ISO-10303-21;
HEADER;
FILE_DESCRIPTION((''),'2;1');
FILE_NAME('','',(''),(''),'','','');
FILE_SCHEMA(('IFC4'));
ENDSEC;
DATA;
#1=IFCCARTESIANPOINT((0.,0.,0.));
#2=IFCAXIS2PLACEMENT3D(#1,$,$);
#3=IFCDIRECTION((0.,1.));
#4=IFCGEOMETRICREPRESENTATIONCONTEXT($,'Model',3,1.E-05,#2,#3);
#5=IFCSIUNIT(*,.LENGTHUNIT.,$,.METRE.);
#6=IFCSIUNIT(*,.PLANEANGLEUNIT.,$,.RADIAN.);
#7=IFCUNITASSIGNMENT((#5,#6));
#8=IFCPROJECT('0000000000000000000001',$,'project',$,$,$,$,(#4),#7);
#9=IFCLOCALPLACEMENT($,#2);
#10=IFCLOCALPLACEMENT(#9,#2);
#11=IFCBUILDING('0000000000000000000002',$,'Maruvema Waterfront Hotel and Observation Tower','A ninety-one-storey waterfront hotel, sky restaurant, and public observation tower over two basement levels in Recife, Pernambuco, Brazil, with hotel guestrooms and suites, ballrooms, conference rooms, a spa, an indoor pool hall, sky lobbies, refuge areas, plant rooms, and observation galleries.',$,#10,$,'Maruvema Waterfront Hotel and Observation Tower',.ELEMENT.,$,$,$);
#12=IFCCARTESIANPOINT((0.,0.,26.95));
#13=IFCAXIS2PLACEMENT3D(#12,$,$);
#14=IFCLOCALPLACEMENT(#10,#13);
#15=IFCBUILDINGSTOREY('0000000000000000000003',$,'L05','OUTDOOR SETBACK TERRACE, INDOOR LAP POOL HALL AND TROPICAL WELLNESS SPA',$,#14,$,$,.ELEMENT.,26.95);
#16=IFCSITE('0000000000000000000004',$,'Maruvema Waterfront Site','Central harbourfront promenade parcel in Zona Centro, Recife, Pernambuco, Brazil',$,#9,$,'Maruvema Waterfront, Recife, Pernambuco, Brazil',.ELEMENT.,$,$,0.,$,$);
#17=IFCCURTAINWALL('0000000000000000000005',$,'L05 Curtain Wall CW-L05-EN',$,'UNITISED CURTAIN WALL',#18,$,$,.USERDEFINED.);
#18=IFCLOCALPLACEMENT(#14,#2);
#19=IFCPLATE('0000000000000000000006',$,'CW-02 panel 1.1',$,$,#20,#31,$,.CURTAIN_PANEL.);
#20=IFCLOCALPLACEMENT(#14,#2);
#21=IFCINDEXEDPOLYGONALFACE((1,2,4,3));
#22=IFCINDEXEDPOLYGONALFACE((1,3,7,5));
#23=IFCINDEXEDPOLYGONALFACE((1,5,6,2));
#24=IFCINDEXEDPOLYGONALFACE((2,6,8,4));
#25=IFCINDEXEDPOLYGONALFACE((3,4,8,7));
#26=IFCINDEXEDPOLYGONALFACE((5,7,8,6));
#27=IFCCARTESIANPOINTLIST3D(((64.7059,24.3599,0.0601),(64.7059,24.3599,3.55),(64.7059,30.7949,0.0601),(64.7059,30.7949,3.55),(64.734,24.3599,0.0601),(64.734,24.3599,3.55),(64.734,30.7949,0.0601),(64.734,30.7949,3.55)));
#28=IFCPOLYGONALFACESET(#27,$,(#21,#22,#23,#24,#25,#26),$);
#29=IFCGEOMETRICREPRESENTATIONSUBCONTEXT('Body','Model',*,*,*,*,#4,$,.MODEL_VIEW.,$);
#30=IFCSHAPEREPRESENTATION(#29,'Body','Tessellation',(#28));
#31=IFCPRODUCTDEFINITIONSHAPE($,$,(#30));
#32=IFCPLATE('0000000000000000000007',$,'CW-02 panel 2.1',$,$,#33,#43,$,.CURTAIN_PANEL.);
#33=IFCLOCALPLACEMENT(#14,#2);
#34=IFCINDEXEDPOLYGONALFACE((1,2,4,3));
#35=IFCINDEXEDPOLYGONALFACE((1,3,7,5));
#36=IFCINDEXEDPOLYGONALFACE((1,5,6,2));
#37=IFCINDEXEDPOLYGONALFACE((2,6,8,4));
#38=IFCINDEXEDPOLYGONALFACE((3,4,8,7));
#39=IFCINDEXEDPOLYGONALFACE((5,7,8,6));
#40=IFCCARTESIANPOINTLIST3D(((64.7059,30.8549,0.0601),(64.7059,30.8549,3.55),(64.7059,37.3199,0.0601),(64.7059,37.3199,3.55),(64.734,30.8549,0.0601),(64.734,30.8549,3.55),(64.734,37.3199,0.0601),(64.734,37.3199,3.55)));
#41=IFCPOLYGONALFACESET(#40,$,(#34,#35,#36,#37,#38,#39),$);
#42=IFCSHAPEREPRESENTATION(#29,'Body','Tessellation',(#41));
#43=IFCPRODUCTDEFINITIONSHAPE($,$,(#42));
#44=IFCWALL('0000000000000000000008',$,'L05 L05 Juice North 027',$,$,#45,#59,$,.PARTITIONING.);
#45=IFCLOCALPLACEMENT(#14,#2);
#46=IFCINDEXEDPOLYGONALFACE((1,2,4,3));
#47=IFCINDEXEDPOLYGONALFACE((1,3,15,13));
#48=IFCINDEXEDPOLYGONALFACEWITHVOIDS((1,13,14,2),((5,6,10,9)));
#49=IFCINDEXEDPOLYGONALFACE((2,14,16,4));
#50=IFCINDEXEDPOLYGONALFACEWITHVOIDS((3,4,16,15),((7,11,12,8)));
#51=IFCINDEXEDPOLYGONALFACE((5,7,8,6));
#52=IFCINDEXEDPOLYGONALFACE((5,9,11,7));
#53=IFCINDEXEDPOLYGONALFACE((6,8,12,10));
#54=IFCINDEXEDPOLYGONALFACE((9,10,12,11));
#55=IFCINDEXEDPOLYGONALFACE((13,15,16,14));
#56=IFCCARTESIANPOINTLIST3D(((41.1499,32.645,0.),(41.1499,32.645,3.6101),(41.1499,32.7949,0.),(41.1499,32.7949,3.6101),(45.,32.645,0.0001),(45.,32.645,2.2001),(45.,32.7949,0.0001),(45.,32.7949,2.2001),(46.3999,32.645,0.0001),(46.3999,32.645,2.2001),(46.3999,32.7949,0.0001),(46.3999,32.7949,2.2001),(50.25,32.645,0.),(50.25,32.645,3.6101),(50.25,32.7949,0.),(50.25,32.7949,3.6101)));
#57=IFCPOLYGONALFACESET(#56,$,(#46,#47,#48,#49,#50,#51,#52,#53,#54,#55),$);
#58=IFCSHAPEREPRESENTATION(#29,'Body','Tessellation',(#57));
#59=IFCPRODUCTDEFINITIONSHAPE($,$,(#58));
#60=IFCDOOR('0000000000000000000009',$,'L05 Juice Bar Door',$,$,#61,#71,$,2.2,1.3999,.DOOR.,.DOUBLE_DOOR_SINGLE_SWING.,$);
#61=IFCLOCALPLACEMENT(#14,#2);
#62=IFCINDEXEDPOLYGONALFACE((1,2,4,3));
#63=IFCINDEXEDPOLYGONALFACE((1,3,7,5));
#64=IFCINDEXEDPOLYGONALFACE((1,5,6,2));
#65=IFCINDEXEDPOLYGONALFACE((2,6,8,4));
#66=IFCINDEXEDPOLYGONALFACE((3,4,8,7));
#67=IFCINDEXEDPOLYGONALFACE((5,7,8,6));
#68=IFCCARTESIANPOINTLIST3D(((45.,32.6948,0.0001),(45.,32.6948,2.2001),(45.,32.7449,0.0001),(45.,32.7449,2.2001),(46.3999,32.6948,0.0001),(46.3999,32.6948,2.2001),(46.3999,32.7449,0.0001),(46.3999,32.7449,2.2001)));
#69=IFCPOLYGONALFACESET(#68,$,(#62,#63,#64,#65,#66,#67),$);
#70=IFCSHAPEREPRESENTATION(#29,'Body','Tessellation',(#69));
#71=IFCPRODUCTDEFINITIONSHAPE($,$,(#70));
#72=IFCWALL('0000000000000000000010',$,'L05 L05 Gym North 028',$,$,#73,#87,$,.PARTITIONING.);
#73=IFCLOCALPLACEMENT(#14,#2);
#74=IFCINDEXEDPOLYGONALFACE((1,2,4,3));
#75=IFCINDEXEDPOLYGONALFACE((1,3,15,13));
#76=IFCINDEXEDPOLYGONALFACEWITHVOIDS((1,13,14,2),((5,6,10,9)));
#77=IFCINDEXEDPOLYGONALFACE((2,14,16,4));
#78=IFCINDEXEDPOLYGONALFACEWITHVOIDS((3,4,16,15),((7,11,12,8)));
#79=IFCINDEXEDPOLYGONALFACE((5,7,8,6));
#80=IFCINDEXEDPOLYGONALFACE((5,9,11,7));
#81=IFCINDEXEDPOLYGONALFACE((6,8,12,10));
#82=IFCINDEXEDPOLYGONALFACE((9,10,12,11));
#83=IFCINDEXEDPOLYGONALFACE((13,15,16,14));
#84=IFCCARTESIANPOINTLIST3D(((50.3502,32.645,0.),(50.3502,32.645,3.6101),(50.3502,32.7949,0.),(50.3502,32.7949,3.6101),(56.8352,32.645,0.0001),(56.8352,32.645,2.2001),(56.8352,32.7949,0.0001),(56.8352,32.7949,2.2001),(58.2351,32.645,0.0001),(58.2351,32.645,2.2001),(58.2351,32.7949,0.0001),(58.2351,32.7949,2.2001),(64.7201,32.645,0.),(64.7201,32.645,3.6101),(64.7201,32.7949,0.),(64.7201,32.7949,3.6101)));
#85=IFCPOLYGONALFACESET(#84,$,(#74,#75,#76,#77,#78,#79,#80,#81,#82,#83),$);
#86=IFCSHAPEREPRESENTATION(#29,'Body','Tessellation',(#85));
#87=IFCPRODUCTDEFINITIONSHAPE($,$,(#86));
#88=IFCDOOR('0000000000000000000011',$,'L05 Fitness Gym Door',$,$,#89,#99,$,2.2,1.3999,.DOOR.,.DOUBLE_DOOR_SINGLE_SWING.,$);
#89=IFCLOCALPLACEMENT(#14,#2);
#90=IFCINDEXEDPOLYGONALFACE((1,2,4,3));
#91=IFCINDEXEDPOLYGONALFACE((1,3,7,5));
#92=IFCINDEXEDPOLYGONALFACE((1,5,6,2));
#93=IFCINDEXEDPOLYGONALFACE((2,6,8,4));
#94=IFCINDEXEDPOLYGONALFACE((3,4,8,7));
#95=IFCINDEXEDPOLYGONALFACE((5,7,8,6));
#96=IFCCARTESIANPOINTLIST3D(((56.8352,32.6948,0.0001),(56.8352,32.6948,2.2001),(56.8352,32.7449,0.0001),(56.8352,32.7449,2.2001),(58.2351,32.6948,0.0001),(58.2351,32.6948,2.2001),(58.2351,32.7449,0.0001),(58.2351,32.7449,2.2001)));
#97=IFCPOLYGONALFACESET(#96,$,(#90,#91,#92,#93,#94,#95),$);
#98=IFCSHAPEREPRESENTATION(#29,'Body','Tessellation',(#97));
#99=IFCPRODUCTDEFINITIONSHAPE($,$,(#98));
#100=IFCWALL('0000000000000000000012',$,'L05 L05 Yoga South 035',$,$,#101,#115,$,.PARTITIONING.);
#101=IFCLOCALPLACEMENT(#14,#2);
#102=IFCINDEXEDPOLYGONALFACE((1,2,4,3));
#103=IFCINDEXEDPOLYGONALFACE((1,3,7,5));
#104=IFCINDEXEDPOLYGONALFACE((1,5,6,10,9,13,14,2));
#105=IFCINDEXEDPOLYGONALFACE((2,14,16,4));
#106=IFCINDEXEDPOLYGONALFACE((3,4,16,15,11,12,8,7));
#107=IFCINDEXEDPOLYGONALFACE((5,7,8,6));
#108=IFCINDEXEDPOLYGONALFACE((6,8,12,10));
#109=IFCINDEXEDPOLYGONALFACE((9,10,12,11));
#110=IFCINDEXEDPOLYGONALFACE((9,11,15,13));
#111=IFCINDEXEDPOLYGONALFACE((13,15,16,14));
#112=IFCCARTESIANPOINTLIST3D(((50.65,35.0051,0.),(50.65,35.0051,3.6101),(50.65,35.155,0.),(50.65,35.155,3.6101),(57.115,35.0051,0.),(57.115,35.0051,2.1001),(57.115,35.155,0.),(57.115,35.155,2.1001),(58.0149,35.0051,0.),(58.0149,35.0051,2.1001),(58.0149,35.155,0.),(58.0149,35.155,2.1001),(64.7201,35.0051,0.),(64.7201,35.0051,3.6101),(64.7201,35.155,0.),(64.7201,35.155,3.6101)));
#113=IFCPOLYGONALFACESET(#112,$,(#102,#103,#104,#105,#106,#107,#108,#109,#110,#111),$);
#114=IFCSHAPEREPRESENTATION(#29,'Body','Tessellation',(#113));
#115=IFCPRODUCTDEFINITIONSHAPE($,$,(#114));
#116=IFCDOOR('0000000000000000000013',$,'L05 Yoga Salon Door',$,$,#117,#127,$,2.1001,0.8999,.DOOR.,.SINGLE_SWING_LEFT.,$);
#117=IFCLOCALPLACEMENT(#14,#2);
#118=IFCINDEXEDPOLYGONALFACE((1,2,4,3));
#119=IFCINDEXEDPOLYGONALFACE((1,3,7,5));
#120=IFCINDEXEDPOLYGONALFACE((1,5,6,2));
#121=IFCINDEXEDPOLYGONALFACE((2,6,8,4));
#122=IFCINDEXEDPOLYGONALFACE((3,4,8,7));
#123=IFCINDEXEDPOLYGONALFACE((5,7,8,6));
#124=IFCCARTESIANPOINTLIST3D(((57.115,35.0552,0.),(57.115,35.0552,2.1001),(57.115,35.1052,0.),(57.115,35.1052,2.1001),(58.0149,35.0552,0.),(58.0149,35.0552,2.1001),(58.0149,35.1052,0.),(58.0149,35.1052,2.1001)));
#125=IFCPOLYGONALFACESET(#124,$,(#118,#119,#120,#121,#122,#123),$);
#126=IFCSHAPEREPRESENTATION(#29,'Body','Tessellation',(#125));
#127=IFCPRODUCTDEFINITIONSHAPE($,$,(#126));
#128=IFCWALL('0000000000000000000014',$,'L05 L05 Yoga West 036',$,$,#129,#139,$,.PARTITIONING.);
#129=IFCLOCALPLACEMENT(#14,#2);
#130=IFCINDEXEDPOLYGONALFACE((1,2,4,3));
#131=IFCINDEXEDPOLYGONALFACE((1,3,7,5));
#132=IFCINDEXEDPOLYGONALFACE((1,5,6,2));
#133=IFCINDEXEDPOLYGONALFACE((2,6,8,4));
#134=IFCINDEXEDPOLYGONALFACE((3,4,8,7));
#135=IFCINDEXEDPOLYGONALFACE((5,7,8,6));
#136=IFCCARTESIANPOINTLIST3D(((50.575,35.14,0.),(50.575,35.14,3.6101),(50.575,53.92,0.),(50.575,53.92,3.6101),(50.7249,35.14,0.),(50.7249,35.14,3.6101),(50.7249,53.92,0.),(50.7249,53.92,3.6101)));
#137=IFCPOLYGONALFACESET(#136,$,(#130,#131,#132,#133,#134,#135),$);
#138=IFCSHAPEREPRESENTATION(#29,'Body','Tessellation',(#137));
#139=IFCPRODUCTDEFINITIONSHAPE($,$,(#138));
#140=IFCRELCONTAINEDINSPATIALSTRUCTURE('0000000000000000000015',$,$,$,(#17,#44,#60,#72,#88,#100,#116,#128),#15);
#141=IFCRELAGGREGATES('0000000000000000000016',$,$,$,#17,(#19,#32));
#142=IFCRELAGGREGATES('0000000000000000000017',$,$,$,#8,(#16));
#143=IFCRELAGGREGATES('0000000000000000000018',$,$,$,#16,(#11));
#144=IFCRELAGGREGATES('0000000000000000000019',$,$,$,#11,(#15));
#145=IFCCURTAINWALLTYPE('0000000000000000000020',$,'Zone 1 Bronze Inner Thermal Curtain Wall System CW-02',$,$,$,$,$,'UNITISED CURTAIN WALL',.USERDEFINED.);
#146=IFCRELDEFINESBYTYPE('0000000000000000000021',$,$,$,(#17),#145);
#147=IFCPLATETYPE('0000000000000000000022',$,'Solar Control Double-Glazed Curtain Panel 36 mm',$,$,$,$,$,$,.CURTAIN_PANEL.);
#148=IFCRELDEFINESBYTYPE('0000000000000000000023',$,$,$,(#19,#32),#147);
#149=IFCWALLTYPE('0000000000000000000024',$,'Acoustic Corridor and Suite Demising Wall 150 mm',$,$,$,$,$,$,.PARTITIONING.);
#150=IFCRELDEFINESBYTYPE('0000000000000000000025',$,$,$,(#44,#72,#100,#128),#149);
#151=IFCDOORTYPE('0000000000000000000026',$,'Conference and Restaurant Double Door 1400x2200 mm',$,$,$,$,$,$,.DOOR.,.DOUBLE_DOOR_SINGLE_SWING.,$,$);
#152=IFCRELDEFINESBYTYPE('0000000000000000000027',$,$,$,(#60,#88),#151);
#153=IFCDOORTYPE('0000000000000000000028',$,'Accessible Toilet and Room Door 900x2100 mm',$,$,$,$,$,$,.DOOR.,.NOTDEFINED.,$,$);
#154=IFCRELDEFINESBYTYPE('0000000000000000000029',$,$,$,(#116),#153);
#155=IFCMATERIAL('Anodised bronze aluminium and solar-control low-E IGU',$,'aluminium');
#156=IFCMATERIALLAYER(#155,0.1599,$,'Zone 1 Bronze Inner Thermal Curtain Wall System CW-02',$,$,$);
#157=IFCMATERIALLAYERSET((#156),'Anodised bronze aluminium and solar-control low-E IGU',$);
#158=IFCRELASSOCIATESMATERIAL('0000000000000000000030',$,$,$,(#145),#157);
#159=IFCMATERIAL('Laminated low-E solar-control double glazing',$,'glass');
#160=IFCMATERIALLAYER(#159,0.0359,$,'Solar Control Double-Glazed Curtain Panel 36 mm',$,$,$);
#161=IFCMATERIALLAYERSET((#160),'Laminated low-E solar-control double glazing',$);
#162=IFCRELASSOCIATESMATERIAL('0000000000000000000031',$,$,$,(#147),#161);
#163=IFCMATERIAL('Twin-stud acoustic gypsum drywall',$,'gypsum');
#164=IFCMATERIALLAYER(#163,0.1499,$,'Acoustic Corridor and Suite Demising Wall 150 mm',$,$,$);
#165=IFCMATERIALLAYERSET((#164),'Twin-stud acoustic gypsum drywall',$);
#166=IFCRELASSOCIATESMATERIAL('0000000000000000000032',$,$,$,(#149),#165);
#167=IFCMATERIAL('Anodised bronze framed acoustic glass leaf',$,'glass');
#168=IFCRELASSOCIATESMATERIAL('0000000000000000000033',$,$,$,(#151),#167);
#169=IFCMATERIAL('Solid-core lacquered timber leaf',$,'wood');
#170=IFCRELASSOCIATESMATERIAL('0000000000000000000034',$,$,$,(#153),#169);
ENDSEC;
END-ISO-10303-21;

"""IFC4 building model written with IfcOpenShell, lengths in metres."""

from ifc_helpers import new_model, si_unit, direction, frame, frame_2d, origin, origin_2d, place, context, subcontext, project, spatial, rectangle, extrude, material, layer, layer_set, type_object, element, fill, aggregate, save


model = new_model("IFC4")

# Units and contexts
model_context = context("Model", 3, precision=1e-05, world=origin(), true_north=direction((0.0, 1.0)))
body_context = subcontext(model_context, "Body", "Model", "MODEL_VIEW")
ifc_project = project(units=[si_unit("LENGTHUNIT", "METRE"), si_unit("PLANEANGLEUNIT", "RADIAN")], contexts=[model_context])

# Site, building, storey
site_placement = place(None, origin())
site = spatial("IfcSite", under=ifc_project, at=site_placement, Name="Maruvema Waterfront Site", Description="Central harbourfront promenade parcel in Zona Centro, Recife, Pernambuco, Brazil", LongName="Maruvema Waterfront, Recife, Pernambuco, Brazil", CompositionType="ELEMENT", RefElevation=0.0)
building_placement = place(site_placement, origin())
building = spatial("IfcBuilding", under=site, at=building_placement, Name="Maruvema Waterfront Hotel and Observation Tower", Description="A ninety-one-storey waterfront hotel, sky restaurant, and public observation tower over two basement levels in Recife, Pernambuco, Brazil, with hotel guestrooms and suites, ballrooms, conference rooms, a spa, an indoor pool hall, sky lobbies, refuge areas, plant rooms, and observation galleries.", LongName="Maruvema Waterfront Hotel and Observation Tower", CompositionType="ELEMENT")
storey_placement = place(building_placement, frame((0.0, 0.0, 26.95)))
storey = spatial("IfcBuildingStorey", under=building, at=storey_placement, Name="L05", Description="OUTDOOR SETBACK TERRACE, INDOOR LAP POOL HALL AND TROPICAL WELLNESS SPA", CompositionType="ELEMENT", Elevation=26.95)

# Curtain wall
ifc_material_1 = material(Name="Anodised bronze aluminium and solar-control low-E IGU", Category="aluminium")
ifc_layer_1 = layer(ifc_material_1, 0.1599, Name="Zone 1 Bronze Inner Thermal Curtain Wall System CW-02")
ifc_layer_set_1 = layer_set([ifc_layer_1], Name="Anodised bronze aluminium and solar-control low-E IGU")
curtain_wall_type = type_object("IfcCurtainWallType", Name="Zone 1 Bronze Inner Thermal Curtain Wall System CW-02", ElementType="UNITISED CURTAIN WALL", PredefinedType="USERDEFINED", material=ifc_layer_set_1)
curtain_wall_placement = place(storey_placement, origin())
curtain_wall = element("IfcCurtainWall", 1, at=curtain_wall_placement, inside=storey, type_object=curtain_wall_type, Name="L05 Curtain Wall CW-L05-EN", ObjectType="UNITISED CURTAIN WALL", PredefinedType="USERDEFINED")

# Plates
ifc_material_2 = material(Name="Laminated low-E solar-control double glazing", Category="glass")
ifc_layer_2 = layer(ifc_material_2, 0.0359, Name="Solar Control Double-Glazed Curtain Panel 36 mm")
ifc_layer_set_2 = layer_set([ifc_layer_2], Name="Laminated low-E solar-control double glazing")
plate_type = type_object("IfcPlateType", Name="Solar Control Double-Glazed Curtain Panel 36 mm", PredefinedType="CURTAIN_PANEL", material=ifc_layer_set_2)
plate_1_placement = place(storey_placement, frame((64.72, 27.5774, 0.0601), z_axis=(0.0, 0.0, 1.0), x_axis=(0.0, 1.0, 0.0)))
plate_1 = element("IfcPlate", 2, at=plate_1_placement, type_object=plate_type, Name="CW-02 panel 1.1", PredefinedType="CURTAIN_PANEL", context=body_context, shape_type="SweptSolid", body=[
    extrude(rectangle(XDim=6.4351, YDim=0.0281, at=origin_2d()), origin(), (0.0, 0.0, 1.0), 3.49),
])
plate_2_placement = place(storey_placement, frame((64.72, 34.0874, 0.0601), z_axis=(0.0, 0.0, 1.0), x_axis=(0.0, 1.0, 0.0)))
plate_2 = element("IfcPlate", 3, at=plate_2_placement, type_object=plate_type, Name="CW-02 panel 2.1", PredefinedType="CURTAIN_PANEL", context=body_context, shape_type="SweptSolid", body=[
    extrude(rectangle(XDim=6.4651, YDim=0.0281, at=origin_2d()), origin(), (0.0, 0.0, 1.0), 3.49),
])
aggregate(curtain_wall, [plate_1, plate_2])

# Walls, openings, doors
ifc_material_3 = material(Name="Twin-stud acoustic gypsum drywall", Category="gypsum")
ifc_layer_3 = layer(ifc_material_3, 0.1499, Name="Acoustic Corridor and Suite Demising Wall 150 mm")
ifc_layer_set_3 = layer_set([ifc_layer_3], Name="Twin-stud acoustic gypsum drywall")
wall_type = type_object("IfcWallType", Name="Acoustic Corridor and Suite Demising Wall 150 mm", PredefinedType="PARTITIONING", material=ifc_layer_set_3)
wall_1_placement = place(storey_placement, frame((41.1499, 32.72, 0.0), z_axis=(0.0, 0.0, 1.0), x_axis=(1.0, 0.0, 0.0)))
wall_1 = element("IfcWall", 4, at=wall_1_placement, inside=storey, type_object=wall_type, Name="L05 L05 Juice North 027", PredefinedType="PARTITIONING", context=body_context, shape_type="SweptSolid", body=[
    extrude(rectangle(XDim=9.1001, YDim=0.1499, at=frame_2d((4.55, 0.0))), origin(), (0.0, 0.0, 1.0), 3.6101),
])
opening_1_placement = place(wall_1_placement, frame((3.8501, 0.0, 0.0)))
opening_1 = element("IfcOpeningElement", 5, at=opening_1_placement, cuts=wall_1, PredefinedType="OPENING", context=body_context, shape_type="SweptSolid", body=[
    extrude(rectangle(XDim=1.3999, YDim=2.2, at=frame_2d((0.7, 1.1001))), frame((0.0, 0.085, 0.0), z_axis=(0.0, -1.0, 0.0), x_axis=(1.0, 0.0, 0.0)), (0.0, 0.0, 1.0), 0.1699),
])
ifc_material_4 = material(Name="Anodised bronze framed acoustic glass leaf", Category="glass")
door_type_1 = type_object("IfcDoorType", Name="Conference and Restaurant Double Door 1400x2200 mm", OperationType="DOUBLE_DOOR_SINGLE_SWING", PredefinedType="DOOR", material=ifc_material_4)
door_1_placement = place(opening_1_placement, origin())
door_1 = element("IfcDoor", 6, at=door_1_placement, inside=storey, type_object=door_type_1, Name="L05 Juice Bar Door", OperationType="DOUBLE_DOOR_SINGLE_SWING", OverallHeight=2.2, OverallWidth=1.3999, PredefinedType="DOOR", context=body_context, shape_type="SweptSolid", body=[
    extrude(rectangle(XDim=1.3999, YDim=2.2, at=frame_2d((0.7, 1.1001))), frame((0.0, 0.0249, 0.0), z_axis=(0.0, -1.0, 0.0), x_axis=(1.0, 0.0, 0.0)), (0.0, 0.0, 1.0), 0.05),
])
fill(opening_1, door_1)
wall_2_placement = place(storey_placement, frame((50.3501, 32.72, 0.0), z_axis=(0.0, 0.0, 1.0), x_axis=(1.0, 0.0, 0.0)))
wall_2 = element("IfcWall", 7, at=wall_2_placement, inside=storey, type_object=wall_type, Name="L05 L05 Gym North 028", PredefinedType="PARTITIONING", context=body_context, shape_type="SweptSolid", body=[
    extrude(rectangle(XDim=14.3699, YDim=0.1499, at=frame_2d((7.1851, 0.0))), origin(), (0.0, 0.0, 1.0), 3.6101),
])
opening_2_placement = place(wall_2_placement, frame((6.4851, 0.0, 0.0)))
opening_2 = element("IfcOpeningElement", 8, at=opening_2_placement, cuts=wall_2, PredefinedType="OPENING", context=body_context, shape_type="SweptSolid", body=[
    extrude(rectangle(XDim=1.3999, YDim=2.2, at=frame_2d((0.7, 1.1001))), frame((0.0, 0.085, 0.0), z_axis=(0.0, -1.0, 0.0), x_axis=(1.0, 0.0, 0.0)), (0.0, 0.0, 1.0), 0.1699),
])
door_2_placement = place(opening_2_placement, origin())
door_2 = element("IfcDoor", 9, at=door_2_placement, inside=storey, type_object=door_type_1, Name="L05 Fitness Gym Door", OperationType="DOUBLE_DOOR_SINGLE_SWING", OverallHeight=2.2, OverallWidth=1.3999, PredefinedType="DOOR", context=body_context, shape_type="SweptSolid", body=[
    extrude(rectangle(XDim=1.3999, YDim=2.2, at=frame_2d((0.7, 1.1001))), frame((0.0, 0.0249, 0.0), z_axis=(0.0, -1.0, 0.0), x_axis=(1.0, 0.0, 0.0)), (0.0, 0.0, 1.0), 0.05),
])
fill(opening_2, door_2)
wall_3_placement = place(storey_placement, frame((50.6499, 35.0801, 0.0), z_axis=(0.0, 0.0, 1.0), x_axis=(1.0, 0.0, 0.0)))
wall_3 = element("IfcWall", 10, at=wall_3_placement, inside=storey, type_object=wall_type, Name="L05 L05 Yoga South 035", PredefinedType="PARTITIONING", context=body_context, shape_type="SweptSolid", body=[
    extrude(rectangle(XDim=14.0701, YDim=0.1499, at=frame_2d((7.0352, 0.0))), origin(), (0.0, 0.0, 1.0), 3.6101),
])
opening_3_placement = place(wall_3_placement, frame((6.4651, 0.0, 0.0)))
opening_3 = element("IfcOpeningElement", 11, at=opening_3_placement, cuts=wall_3, PredefinedType="OPENING", context=body_context, shape_type="SweptSolid", body=[
    extrude(rectangle(XDim=0.8999, YDim=2.1001, at=frame_2d((0.45, 1.05))), frame((0.0, 0.085, 0.0), z_axis=(0.0, -1.0, 0.0), x_axis=(1.0, 0.0, 0.0)), (0.0, 0.0, 1.0), 0.1699),
])
ifc_material_5 = material(Name="Solid-core lacquered timber leaf", Category="wood")
door_type_2 = type_object("IfcDoorType", Name="Accessible Toilet and Room Door 900x2100 mm", OperationType="NOTDEFINED", PredefinedType="DOOR", material=ifc_material_5)
door_3_placement = place(opening_3_placement, frame((0.8999, 0.0, 0.0), z_axis=(0.0, 0.0, 1.0), x_axis=(-1.0, 0.0, 0.0)))
door_3 = element("IfcDoor", 12, at=door_3_placement, inside=storey, type_object=door_type_2, Name="L05 Yoga Salon Door", OperationType="SINGLE_SWING_LEFT", OverallHeight=2.1001, OverallWidth=0.8999, PredefinedType="DOOR", context=body_context, shape_type="SweptSolid", body=[
    extrude(rectangle(XDim=0.8999, YDim=2.1001, at=frame_2d((0.45, 1.05))), frame((0.0, 0.0249, 0.0), z_axis=(0.0, -1.0, 0.0), x_axis=(1.0, 0.0, 0.0)), (0.0, 0.0, 1.0), 0.05),
])
fill(opening_3, door_3)

# Wall
wall_4_placement = place(storey_placement, frame((50.6499, 35.1399, 0.0), z_axis=(0.0, 0.0, 1.0), x_axis=(0.0, 1.0, 0.0)))
element("IfcWall", 13, at=wall_4_placement, inside=storey, type_object=wall_type, Name="L05 L05 Yoga West 036", PredefinedType="PARTITIONING", context=body_context, shape_type="SweptSolid", body=[
    extrude(rectangle(XDim=18.78, YDim=0.1499, at=frame_2d((9.3901, 0.0))), origin(), (0.0, 0.0, 1.0), 3.6101),
])

save(model, "model.ifc")
